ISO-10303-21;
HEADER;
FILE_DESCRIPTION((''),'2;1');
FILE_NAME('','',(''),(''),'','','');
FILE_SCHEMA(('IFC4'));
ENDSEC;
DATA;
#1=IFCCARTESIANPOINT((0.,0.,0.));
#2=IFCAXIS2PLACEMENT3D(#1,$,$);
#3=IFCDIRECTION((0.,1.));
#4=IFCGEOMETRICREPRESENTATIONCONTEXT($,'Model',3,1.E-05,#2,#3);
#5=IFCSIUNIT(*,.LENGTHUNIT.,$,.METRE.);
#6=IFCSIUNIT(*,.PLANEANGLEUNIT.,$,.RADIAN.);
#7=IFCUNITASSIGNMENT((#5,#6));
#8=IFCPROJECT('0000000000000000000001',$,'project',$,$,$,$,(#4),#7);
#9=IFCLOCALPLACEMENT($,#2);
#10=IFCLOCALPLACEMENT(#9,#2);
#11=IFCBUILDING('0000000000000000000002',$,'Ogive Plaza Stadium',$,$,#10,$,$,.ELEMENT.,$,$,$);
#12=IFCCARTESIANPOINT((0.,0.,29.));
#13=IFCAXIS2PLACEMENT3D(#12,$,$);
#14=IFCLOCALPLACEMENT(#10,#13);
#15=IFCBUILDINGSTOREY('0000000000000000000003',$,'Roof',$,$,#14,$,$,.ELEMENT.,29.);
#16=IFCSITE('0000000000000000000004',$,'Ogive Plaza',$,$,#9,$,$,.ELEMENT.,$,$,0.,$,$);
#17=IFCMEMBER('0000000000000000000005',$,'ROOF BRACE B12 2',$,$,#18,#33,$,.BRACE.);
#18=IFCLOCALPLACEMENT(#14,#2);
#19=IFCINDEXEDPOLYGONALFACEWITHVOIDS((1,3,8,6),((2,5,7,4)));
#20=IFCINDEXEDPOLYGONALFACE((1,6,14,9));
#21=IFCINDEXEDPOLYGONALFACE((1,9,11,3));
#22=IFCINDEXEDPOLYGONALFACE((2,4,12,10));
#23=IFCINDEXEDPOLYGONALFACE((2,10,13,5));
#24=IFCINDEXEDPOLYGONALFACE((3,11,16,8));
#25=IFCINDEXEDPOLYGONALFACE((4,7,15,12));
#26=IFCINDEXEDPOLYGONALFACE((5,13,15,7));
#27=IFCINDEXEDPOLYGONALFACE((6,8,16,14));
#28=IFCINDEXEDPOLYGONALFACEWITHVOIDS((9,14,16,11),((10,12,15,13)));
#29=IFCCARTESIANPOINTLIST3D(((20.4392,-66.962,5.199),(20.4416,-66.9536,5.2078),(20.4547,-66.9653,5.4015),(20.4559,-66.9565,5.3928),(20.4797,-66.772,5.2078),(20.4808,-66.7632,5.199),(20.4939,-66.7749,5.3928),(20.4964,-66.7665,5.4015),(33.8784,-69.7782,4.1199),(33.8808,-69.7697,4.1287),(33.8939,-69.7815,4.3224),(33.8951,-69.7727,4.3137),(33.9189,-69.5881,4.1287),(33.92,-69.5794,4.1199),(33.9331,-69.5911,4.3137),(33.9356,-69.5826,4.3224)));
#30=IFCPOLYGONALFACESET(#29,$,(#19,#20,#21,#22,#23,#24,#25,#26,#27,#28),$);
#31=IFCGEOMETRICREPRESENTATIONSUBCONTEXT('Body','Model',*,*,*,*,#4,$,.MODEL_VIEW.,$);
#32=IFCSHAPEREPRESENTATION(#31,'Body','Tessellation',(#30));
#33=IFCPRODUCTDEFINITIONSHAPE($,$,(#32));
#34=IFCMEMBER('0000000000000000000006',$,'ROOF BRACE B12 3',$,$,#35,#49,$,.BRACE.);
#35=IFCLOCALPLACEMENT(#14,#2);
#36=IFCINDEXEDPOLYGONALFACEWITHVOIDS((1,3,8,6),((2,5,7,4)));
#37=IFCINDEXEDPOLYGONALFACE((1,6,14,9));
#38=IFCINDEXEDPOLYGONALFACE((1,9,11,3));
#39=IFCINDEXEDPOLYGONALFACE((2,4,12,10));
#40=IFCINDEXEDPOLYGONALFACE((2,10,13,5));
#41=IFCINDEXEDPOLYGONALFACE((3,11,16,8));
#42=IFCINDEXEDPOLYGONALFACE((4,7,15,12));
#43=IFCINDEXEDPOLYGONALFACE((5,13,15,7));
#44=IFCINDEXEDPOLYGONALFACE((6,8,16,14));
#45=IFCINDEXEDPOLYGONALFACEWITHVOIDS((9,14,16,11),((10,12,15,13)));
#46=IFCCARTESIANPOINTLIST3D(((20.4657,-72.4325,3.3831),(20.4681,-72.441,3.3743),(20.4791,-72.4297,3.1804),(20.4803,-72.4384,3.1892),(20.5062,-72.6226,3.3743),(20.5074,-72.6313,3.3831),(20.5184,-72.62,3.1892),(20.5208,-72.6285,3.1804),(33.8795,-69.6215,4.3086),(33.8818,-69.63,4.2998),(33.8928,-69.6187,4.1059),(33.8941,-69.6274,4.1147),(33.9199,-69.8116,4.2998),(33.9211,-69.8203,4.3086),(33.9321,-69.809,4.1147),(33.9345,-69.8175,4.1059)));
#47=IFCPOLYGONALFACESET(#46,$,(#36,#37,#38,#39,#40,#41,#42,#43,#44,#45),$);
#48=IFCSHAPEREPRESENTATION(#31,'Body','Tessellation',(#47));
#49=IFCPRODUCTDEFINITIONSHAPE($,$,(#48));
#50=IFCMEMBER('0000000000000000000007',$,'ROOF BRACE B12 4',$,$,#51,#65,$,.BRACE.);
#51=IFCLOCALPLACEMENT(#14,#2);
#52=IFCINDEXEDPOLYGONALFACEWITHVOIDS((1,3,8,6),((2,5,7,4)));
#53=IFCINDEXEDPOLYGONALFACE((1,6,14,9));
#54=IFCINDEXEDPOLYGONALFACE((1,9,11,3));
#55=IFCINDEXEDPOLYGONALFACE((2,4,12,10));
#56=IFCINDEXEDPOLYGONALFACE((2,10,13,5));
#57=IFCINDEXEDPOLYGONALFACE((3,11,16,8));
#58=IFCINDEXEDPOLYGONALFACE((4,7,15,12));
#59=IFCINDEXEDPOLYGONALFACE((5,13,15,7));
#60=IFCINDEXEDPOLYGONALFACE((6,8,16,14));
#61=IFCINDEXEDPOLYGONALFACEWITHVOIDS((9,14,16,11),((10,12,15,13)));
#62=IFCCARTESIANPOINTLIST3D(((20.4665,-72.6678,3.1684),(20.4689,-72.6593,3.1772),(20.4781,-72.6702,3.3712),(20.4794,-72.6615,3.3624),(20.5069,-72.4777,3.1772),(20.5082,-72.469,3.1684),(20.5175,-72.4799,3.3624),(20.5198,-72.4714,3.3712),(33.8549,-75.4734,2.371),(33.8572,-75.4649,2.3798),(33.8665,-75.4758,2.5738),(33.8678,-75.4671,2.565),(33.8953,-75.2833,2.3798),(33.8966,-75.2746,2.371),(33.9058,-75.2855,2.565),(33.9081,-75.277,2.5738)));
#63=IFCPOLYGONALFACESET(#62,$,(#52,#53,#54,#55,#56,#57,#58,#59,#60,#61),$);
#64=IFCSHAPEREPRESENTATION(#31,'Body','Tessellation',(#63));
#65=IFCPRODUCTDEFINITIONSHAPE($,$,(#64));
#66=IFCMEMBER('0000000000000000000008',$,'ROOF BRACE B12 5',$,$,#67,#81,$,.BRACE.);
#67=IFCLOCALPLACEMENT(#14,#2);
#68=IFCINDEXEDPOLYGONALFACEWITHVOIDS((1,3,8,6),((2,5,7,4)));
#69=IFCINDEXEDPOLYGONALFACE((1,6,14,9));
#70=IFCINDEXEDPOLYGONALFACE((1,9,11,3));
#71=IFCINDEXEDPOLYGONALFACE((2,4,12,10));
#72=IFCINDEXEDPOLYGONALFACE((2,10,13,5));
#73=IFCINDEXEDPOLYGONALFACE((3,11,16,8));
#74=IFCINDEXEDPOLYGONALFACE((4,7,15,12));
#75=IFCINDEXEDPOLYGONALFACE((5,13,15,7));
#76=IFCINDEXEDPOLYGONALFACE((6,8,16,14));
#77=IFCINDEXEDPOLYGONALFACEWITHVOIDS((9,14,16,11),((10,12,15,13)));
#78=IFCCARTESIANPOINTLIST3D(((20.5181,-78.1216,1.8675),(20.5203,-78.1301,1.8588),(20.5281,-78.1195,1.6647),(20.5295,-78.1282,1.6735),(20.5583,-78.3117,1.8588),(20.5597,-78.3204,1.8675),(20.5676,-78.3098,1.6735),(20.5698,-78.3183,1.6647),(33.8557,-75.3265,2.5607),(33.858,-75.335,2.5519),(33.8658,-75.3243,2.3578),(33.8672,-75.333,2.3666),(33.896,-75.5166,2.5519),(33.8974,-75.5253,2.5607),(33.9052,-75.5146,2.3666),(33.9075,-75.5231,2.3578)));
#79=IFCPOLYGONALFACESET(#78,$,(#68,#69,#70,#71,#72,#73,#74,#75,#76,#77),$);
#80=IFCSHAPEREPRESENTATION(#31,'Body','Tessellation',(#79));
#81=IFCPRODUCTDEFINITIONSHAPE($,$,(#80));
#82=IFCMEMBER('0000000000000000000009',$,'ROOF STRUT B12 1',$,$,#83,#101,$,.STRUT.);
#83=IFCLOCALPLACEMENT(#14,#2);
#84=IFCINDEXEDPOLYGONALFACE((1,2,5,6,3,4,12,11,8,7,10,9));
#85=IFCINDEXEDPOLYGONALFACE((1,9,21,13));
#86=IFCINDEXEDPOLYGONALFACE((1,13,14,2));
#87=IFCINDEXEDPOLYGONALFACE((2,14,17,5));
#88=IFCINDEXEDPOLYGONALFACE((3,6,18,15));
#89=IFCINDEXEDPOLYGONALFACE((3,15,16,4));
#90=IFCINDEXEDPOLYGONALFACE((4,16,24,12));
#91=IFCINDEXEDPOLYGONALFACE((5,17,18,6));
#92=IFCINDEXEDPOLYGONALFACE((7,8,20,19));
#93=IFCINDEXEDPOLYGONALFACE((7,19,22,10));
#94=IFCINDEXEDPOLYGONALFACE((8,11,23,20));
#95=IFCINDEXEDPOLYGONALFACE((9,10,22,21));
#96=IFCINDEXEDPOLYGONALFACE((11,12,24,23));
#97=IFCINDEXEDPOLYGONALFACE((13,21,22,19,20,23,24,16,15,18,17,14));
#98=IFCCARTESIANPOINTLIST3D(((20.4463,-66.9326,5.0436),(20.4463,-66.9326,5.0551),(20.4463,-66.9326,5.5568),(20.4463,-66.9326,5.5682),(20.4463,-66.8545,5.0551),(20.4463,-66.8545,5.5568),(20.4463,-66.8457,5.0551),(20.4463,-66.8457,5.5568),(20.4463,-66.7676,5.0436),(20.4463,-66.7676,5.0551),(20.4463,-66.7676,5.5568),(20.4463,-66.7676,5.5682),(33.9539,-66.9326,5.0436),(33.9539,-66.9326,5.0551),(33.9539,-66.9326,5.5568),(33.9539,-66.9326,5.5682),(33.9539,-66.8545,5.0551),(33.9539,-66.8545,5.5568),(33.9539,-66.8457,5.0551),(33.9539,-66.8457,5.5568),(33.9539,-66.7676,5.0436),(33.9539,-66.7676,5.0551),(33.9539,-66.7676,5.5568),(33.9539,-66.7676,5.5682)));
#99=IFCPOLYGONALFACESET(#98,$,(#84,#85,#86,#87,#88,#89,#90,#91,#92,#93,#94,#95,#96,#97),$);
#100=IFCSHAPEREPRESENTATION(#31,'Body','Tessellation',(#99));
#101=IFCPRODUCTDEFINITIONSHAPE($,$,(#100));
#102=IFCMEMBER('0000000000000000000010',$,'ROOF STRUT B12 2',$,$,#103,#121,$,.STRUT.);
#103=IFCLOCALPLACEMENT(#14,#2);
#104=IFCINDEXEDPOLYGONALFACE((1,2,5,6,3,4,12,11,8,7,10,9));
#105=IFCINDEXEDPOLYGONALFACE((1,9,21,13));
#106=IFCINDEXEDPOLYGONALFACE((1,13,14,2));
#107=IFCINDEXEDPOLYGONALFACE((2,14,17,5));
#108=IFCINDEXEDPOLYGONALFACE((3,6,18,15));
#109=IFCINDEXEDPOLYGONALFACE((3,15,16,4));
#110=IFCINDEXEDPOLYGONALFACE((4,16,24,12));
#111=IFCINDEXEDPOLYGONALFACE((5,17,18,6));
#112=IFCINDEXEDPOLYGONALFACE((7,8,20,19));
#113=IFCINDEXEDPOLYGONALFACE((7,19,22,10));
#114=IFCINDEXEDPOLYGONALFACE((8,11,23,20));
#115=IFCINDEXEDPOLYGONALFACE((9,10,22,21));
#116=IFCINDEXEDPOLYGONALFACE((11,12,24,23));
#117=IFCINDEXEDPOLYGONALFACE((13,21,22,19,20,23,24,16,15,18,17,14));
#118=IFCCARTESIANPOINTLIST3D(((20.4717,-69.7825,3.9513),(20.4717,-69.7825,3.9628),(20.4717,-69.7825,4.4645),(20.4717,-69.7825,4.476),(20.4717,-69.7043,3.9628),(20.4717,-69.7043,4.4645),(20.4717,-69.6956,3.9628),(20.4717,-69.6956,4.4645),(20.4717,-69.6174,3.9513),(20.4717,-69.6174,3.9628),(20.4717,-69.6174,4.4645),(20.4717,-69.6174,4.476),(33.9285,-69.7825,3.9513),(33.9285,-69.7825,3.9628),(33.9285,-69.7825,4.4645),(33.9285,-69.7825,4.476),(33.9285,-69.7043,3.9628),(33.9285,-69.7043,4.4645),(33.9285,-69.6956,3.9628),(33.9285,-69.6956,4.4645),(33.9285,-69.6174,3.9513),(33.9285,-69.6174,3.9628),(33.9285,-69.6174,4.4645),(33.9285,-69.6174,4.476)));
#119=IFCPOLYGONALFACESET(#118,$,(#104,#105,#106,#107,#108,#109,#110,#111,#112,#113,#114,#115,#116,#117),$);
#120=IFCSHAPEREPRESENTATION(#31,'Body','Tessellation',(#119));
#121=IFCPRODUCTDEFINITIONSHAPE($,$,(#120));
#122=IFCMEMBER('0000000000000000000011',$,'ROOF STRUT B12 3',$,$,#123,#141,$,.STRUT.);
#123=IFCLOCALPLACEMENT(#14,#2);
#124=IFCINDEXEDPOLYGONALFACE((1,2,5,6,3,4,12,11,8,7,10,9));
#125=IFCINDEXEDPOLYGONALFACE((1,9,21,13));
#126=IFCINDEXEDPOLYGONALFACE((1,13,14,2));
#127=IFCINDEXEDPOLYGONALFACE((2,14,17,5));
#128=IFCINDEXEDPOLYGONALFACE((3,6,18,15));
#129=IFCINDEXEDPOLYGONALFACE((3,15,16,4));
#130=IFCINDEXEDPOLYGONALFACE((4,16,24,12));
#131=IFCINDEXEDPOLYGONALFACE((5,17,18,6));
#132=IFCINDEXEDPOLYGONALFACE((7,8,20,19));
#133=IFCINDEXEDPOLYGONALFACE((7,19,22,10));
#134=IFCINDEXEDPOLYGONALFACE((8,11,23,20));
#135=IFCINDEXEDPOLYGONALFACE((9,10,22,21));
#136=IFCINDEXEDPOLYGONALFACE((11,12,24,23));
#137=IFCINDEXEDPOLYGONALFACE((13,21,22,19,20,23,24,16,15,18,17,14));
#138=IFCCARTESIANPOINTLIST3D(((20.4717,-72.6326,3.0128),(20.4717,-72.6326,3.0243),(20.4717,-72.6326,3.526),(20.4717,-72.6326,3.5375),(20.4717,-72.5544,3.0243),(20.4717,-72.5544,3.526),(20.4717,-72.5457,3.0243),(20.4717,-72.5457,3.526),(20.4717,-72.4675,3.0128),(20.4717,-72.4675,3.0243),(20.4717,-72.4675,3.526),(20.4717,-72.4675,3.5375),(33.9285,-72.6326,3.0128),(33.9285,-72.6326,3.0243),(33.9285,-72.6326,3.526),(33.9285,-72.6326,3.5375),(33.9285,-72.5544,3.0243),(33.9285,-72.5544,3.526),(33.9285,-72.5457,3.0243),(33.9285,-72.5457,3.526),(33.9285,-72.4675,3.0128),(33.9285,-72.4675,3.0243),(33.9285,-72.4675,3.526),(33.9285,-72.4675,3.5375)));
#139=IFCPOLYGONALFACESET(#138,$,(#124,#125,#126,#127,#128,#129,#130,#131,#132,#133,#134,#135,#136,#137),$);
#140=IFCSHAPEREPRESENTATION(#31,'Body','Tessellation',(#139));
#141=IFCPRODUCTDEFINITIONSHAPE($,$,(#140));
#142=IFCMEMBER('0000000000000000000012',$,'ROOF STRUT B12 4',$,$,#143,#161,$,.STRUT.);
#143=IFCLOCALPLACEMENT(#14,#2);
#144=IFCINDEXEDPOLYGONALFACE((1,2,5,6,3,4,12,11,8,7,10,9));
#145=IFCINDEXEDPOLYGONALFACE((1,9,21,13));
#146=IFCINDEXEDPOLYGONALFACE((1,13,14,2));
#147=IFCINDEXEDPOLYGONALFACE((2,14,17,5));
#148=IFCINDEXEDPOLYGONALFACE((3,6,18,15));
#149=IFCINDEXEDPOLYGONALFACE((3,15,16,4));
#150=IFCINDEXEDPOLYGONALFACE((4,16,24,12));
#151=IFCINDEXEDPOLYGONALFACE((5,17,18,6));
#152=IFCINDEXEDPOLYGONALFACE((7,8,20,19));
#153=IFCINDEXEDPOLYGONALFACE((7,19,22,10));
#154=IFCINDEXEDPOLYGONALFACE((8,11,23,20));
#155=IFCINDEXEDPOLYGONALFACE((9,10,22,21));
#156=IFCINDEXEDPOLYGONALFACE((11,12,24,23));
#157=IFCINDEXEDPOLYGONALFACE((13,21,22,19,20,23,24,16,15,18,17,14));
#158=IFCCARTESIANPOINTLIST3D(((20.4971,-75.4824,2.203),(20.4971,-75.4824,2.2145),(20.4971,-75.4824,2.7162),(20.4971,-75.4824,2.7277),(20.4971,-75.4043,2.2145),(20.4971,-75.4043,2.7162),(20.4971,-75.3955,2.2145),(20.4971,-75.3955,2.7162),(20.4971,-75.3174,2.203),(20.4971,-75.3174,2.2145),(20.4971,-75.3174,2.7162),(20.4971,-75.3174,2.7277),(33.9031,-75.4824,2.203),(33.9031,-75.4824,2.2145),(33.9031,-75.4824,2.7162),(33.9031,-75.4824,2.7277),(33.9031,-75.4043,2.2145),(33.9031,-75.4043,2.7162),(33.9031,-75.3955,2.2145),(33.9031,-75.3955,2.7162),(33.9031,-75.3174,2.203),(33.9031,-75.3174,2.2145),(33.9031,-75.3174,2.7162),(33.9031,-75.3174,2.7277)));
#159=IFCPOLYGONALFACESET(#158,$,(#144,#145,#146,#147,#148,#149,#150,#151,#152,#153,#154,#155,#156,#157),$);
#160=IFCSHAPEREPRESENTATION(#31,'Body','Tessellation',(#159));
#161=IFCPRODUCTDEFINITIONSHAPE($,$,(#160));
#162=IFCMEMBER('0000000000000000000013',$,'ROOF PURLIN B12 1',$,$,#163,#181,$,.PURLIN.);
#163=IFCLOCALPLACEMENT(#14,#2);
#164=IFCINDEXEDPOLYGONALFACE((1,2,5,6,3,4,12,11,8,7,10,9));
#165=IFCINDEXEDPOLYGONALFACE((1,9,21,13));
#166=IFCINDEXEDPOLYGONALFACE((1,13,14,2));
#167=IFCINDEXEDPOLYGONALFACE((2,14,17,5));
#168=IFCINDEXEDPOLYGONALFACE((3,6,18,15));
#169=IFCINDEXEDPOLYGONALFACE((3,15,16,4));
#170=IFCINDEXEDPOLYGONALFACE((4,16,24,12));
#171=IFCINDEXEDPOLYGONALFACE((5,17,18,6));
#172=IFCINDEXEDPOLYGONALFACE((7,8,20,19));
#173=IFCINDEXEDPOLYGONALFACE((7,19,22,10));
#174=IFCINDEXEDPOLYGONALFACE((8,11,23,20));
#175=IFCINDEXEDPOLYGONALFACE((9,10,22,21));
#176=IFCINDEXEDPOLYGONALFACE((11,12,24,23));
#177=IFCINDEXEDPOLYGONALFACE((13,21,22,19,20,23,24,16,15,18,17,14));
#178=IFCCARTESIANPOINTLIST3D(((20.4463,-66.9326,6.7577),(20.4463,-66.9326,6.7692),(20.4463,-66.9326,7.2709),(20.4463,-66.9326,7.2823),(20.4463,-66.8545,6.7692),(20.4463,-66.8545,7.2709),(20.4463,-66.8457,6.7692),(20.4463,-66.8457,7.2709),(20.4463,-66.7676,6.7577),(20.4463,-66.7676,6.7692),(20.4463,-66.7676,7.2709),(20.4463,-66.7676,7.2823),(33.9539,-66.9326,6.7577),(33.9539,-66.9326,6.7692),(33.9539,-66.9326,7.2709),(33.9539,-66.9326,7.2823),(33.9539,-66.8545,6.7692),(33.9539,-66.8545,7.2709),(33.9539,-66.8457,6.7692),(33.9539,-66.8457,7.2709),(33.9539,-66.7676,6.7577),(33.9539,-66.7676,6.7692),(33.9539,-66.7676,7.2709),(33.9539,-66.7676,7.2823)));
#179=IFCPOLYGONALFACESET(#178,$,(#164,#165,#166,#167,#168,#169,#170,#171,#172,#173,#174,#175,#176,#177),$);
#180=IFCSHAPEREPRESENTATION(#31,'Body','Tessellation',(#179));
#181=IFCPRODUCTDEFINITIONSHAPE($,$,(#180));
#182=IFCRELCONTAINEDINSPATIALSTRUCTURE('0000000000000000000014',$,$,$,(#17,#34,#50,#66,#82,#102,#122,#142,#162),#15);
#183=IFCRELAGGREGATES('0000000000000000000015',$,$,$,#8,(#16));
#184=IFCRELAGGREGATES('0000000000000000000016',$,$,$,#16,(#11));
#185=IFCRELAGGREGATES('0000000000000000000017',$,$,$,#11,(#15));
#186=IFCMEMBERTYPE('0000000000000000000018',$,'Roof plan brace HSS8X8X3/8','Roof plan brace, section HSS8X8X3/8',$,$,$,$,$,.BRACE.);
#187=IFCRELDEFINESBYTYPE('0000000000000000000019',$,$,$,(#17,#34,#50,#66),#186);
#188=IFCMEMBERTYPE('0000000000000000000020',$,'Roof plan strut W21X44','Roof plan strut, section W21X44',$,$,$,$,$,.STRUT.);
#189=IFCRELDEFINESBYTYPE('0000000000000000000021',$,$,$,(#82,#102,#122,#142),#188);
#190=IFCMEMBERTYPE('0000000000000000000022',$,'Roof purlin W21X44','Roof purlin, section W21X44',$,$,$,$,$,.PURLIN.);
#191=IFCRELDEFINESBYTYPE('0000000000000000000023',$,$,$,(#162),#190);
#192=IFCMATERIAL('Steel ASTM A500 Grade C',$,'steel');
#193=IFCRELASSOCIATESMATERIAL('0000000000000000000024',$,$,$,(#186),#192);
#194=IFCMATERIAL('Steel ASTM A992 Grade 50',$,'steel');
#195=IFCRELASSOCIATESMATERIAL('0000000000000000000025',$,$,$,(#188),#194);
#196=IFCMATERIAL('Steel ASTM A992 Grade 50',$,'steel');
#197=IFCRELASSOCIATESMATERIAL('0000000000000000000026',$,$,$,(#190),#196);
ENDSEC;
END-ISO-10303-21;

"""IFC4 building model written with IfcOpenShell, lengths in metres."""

from ifc_helpers import new_model, si_unit, direction, frame, origin, origin_2d, place, context, subcontext, project, spatial, hollow_rectangle, i_section, extrude, material, material_profile, profile_set, type_object, element, save


model = new_model("IFC4")

# Units and contexts
model_context = context("Model", 3, precision=1e-05, world=origin(), true_north=direction((0.0, 1.0)))
body_context = subcontext(model_context, "Body", "Model", "MODEL_VIEW")
ifc_project = project(units=[si_unit("LENGTHUNIT", "METRE"), si_unit("PLANEANGLEUNIT", "RADIAN")], contexts=[model_context])

# Site, building, storey
site_placement = place(None, origin())
site = spatial("IfcSite", under=ifc_project, at=site_placement, Name="Ogive Plaza", CompositionType="ELEMENT", RefElevation=0.0)
building_placement = place(site_placement, origin())
building = spatial("IfcBuilding", under=site, at=building_placement, Name="Ogive Plaza Stadium", CompositionType="ELEMENT")
storey_placement = place(building_placement, frame((0.0, 0.0, 29.0)))
storey = spatial("IfcBuildingStorey", under=building, at=storey_placement, Name="Roof", CompositionType="ELEMENT", Elevation=29.0)

# Members
ifc_material_1 = material(Name="Steel ASTM A500 Grade C", Category="steel")
ifc_material_profile_1 = material_profile(ifc_material_1, hollow_rectangle(XDim=0.2031, YDim=0.2031, WallThickness=0.0088, at=origin_2d()), Name="HSS8X8X3/8")
ifc_profile_set_1 = profile_set([ifc_material_profile_1], Name="Steel ASTM A500 Grade C")
member_type_1 = type_object("IfcMemberType", Name="Roof plan brace HSS8X8X3/8", Description="Roof plan brace, section HSS8X8X3/8", PredefinedType="BRACE", material=ifc_profile_set_1)
member_1_placement = place(storey_placement, frame((20.4678, -66.8643, 5.3003), z_axis=(0.975734, -0.204463, -0.078347), x_axis=(0.205094, 0.978742, 0.0)))
element("IfcMember", 1, at=member_1_placement, inside=storey, type_object=member_type_1, Name="ROOF BRACE B12 2", PredefinedType="BRACE", context=body_context, shape_type="SweptSolid", body=[
    extrude(hollow_rectangle(XDim=0.2031, YDim=0.2031, WallThickness=0.0088, at=origin_2d()), origin(), (0.0, 0.0, 1.0), 13.7734),
])
member_2_placement = place(storey_placement, frame((33.907, -69.7195, 4.2073), z_axis=(-0.976515, -0.204641, -0.067378), x_axis=(0.205107, -0.97874, 0.0)))
element("IfcMember", 2, at=member_2_placement, inside=storey, type_object=member_type_1, Name="ROOF BRACE B12 3", PredefinedType="BRACE", context=body_context, shape_type="SweptSolid", body=[
    extrude(hollow_rectangle(XDim=0.2031, YDim=0.2031, WallThickness=0.0088, at=origin_2d()), origin(), (0.0, 0.0, 1.0), 13.7363),
])
member_3_placement = place(storey_placement, frame((20.4932, -72.5696, 3.2698), z_axis=(0.977082, -0.204756, -0.058191), x_axis=(0.205104, 0.97874, 0.0)))
element("IfcMember", 3, at=member_3_placement, inside=storey, type_object=member_type_1, Name="ROOF BRACE B12 4", PredefinedType="BRACE", context=body_context, shape_type="SweptSolid", body=[
    extrude(hollow_rectangle(XDim=0.2031, YDim=0.2031, WallThickness=0.0088, at=origin_2d()), origin(), (0.0, 0.0, 1.0), 13.7024),
])
member_4_placement = place(storey_placement, frame((33.8816, -75.4248, 2.4592), z_axis=(-0.977475, -0.204849, -0.050796), x_axis=(0.205114, -0.978738, 0.0)))
element("IfcMember", 4, at=member_4_placement, inside=storey, type_object=member_type_1, Name="ROOF BRACE B12 5", PredefinedType="BRACE", context=body_context, shape_type="SweptSolid", body=[
    extrude(hollow_rectangle(XDim=0.2031, YDim=0.2031, WallThickness=0.0088, at=origin_2d()), origin(), (0.0, 0.0, 1.0), 13.645),
])
ifc_material_2 = material(Name="Steel ASTM A992 Grade 50", Category="steel")
ifc_material_profile_2 = material_profile(ifc_material_2, i_section(OverallWidth=0.165, OverallDepth=0.5247, WebThickness=0.0088, FlangeThickness=0.0115, at=origin_2d()), Name="W21X44")
ifc_profile_set_2 = profile_set([ifc_material_profile_2], Name="Steel ASTM A992 Grade 50")
member_type_2 = type_object("IfcMemberType", Name="Roof plan strut W21X44", Description="Roof plan strut, section W21X44", PredefinedType="STRUT", material=ifc_profile_set_2)
member_5_placement = place(storey_placement, frame((33.9539, -66.8501, 5.3059), z_axis=(-1.0, 0.0, 0.0), x_axis=(0.0, -1.0, 0.0)))
element("IfcMember", 5, at=member_5_placement, inside=storey, type_object=member_type_2, Name="ROOF STRUT B12 1", PredefinedType="STRUT", context=body_context, shape_type="SweptSolid", body=[
    extrude(i_section(OverallWidth=0.165, OverallDepth=0.5247, WebThickness=0.0088, FlangeThickness=0.0115, at=origin_2d()), origin(), (0.0, 0.0, 1.0), 13.5076),
])
for number, where, z_axis, x_axis, name in (
    (6, (33.9285, -69.7, 4.2136), (-1.0, 0.0, 0.0), (0.0, -1.0, 0.0), "ROOF STRUT B12 2"),
    (7, (33.9285, -72.55, 3.2751), (-1.0, 0.0, 0.0), (0.0, -1.0, 0.0), "ROOF STRUT B12 3"),
):
    element("IfcMember", number, at=place(storey_placement, frame(where, z_axis=z_axis, x_axis=x_axis)), inside=storey, type_object=member_type_2, Name=name, PredefinedType="STRUT", context=body_context, shape_type="SweptSolid", body=[
        extrude(i_section(OverallWidth=0.165, OverallDepth=0.5247, WebThickness=0.0088, FlangeThickness=0.0115, at=origin_2d()), origin(), (0.0, 0.0, 1.0), 13.4568),
    ])
member_6_placement = place(storey_placement, frame((33.9031, -75.3999, 2.4653), z_axis=(-1.0, 0.0, 0.0), x_axis=(0.0, -1.0, 0.0)))
element("IfcMember", 8, at=member_6_placement, inside=storey, type_object=member_type_2, Name="ROOF STRUT B12 4", PredefinedType="STRUT", context=body_context, shape_type="SweptSolid", body=[
    extrude(i_section(OverallWidth=0.165, OverallDepth=0.5247, WebThickness=0.0088, FlangeThickness=0.0115, at=origin_2d()), origin(), (0.0, 0.0, 1.0), 13.406),
])
ifc_material_3 = material(Name="Steel ASTM A992 Grade 50", Category="steel")
ifc_material_profile_3 = material_profile(ifc_material_3, i_section(OverallWidth=0.165, OverallDepth=0.5247, WebThickness=0.0088, FlangeThickness=0.0115, at=origin_2d()), Name="W21X44")
ifc_profile_set_3 = profile_set([ifc_material_profile_3], Name="Steel ASTM A992 Grade 50")
member_type_3 = type_object("IfcMemberType", Name="Roof purlin W21X44", Description="Roof purlin, section W21X44", PredefinedType="PURLIN", material=ifc_profile_set_3)
member_7_placement = place(storey_placement, frame((33.9539, -66.8501, 7.02), z_axis=(-1.0, 0.0, 0.0), x_axis=(0.0, -1.0, 0.0)))
element("IfcMember", 9, at=member_7_placement, inside=storey, type_object=member_type_3, Name="ROOF PURLIN B12 1", PredefinedType="PURLIN", context=body_context, shape_type="SweptSolid", body=[
    extrude(i_section(OverallWidth=0.165, OverallDepth=0.5247, WebThickness=0.0088, FlangeThickness=0.0115, at=origin_2d()), origin(), (0.0, 0.0, 1.0), 13.5076),
])

save(model, "model.ifc")
